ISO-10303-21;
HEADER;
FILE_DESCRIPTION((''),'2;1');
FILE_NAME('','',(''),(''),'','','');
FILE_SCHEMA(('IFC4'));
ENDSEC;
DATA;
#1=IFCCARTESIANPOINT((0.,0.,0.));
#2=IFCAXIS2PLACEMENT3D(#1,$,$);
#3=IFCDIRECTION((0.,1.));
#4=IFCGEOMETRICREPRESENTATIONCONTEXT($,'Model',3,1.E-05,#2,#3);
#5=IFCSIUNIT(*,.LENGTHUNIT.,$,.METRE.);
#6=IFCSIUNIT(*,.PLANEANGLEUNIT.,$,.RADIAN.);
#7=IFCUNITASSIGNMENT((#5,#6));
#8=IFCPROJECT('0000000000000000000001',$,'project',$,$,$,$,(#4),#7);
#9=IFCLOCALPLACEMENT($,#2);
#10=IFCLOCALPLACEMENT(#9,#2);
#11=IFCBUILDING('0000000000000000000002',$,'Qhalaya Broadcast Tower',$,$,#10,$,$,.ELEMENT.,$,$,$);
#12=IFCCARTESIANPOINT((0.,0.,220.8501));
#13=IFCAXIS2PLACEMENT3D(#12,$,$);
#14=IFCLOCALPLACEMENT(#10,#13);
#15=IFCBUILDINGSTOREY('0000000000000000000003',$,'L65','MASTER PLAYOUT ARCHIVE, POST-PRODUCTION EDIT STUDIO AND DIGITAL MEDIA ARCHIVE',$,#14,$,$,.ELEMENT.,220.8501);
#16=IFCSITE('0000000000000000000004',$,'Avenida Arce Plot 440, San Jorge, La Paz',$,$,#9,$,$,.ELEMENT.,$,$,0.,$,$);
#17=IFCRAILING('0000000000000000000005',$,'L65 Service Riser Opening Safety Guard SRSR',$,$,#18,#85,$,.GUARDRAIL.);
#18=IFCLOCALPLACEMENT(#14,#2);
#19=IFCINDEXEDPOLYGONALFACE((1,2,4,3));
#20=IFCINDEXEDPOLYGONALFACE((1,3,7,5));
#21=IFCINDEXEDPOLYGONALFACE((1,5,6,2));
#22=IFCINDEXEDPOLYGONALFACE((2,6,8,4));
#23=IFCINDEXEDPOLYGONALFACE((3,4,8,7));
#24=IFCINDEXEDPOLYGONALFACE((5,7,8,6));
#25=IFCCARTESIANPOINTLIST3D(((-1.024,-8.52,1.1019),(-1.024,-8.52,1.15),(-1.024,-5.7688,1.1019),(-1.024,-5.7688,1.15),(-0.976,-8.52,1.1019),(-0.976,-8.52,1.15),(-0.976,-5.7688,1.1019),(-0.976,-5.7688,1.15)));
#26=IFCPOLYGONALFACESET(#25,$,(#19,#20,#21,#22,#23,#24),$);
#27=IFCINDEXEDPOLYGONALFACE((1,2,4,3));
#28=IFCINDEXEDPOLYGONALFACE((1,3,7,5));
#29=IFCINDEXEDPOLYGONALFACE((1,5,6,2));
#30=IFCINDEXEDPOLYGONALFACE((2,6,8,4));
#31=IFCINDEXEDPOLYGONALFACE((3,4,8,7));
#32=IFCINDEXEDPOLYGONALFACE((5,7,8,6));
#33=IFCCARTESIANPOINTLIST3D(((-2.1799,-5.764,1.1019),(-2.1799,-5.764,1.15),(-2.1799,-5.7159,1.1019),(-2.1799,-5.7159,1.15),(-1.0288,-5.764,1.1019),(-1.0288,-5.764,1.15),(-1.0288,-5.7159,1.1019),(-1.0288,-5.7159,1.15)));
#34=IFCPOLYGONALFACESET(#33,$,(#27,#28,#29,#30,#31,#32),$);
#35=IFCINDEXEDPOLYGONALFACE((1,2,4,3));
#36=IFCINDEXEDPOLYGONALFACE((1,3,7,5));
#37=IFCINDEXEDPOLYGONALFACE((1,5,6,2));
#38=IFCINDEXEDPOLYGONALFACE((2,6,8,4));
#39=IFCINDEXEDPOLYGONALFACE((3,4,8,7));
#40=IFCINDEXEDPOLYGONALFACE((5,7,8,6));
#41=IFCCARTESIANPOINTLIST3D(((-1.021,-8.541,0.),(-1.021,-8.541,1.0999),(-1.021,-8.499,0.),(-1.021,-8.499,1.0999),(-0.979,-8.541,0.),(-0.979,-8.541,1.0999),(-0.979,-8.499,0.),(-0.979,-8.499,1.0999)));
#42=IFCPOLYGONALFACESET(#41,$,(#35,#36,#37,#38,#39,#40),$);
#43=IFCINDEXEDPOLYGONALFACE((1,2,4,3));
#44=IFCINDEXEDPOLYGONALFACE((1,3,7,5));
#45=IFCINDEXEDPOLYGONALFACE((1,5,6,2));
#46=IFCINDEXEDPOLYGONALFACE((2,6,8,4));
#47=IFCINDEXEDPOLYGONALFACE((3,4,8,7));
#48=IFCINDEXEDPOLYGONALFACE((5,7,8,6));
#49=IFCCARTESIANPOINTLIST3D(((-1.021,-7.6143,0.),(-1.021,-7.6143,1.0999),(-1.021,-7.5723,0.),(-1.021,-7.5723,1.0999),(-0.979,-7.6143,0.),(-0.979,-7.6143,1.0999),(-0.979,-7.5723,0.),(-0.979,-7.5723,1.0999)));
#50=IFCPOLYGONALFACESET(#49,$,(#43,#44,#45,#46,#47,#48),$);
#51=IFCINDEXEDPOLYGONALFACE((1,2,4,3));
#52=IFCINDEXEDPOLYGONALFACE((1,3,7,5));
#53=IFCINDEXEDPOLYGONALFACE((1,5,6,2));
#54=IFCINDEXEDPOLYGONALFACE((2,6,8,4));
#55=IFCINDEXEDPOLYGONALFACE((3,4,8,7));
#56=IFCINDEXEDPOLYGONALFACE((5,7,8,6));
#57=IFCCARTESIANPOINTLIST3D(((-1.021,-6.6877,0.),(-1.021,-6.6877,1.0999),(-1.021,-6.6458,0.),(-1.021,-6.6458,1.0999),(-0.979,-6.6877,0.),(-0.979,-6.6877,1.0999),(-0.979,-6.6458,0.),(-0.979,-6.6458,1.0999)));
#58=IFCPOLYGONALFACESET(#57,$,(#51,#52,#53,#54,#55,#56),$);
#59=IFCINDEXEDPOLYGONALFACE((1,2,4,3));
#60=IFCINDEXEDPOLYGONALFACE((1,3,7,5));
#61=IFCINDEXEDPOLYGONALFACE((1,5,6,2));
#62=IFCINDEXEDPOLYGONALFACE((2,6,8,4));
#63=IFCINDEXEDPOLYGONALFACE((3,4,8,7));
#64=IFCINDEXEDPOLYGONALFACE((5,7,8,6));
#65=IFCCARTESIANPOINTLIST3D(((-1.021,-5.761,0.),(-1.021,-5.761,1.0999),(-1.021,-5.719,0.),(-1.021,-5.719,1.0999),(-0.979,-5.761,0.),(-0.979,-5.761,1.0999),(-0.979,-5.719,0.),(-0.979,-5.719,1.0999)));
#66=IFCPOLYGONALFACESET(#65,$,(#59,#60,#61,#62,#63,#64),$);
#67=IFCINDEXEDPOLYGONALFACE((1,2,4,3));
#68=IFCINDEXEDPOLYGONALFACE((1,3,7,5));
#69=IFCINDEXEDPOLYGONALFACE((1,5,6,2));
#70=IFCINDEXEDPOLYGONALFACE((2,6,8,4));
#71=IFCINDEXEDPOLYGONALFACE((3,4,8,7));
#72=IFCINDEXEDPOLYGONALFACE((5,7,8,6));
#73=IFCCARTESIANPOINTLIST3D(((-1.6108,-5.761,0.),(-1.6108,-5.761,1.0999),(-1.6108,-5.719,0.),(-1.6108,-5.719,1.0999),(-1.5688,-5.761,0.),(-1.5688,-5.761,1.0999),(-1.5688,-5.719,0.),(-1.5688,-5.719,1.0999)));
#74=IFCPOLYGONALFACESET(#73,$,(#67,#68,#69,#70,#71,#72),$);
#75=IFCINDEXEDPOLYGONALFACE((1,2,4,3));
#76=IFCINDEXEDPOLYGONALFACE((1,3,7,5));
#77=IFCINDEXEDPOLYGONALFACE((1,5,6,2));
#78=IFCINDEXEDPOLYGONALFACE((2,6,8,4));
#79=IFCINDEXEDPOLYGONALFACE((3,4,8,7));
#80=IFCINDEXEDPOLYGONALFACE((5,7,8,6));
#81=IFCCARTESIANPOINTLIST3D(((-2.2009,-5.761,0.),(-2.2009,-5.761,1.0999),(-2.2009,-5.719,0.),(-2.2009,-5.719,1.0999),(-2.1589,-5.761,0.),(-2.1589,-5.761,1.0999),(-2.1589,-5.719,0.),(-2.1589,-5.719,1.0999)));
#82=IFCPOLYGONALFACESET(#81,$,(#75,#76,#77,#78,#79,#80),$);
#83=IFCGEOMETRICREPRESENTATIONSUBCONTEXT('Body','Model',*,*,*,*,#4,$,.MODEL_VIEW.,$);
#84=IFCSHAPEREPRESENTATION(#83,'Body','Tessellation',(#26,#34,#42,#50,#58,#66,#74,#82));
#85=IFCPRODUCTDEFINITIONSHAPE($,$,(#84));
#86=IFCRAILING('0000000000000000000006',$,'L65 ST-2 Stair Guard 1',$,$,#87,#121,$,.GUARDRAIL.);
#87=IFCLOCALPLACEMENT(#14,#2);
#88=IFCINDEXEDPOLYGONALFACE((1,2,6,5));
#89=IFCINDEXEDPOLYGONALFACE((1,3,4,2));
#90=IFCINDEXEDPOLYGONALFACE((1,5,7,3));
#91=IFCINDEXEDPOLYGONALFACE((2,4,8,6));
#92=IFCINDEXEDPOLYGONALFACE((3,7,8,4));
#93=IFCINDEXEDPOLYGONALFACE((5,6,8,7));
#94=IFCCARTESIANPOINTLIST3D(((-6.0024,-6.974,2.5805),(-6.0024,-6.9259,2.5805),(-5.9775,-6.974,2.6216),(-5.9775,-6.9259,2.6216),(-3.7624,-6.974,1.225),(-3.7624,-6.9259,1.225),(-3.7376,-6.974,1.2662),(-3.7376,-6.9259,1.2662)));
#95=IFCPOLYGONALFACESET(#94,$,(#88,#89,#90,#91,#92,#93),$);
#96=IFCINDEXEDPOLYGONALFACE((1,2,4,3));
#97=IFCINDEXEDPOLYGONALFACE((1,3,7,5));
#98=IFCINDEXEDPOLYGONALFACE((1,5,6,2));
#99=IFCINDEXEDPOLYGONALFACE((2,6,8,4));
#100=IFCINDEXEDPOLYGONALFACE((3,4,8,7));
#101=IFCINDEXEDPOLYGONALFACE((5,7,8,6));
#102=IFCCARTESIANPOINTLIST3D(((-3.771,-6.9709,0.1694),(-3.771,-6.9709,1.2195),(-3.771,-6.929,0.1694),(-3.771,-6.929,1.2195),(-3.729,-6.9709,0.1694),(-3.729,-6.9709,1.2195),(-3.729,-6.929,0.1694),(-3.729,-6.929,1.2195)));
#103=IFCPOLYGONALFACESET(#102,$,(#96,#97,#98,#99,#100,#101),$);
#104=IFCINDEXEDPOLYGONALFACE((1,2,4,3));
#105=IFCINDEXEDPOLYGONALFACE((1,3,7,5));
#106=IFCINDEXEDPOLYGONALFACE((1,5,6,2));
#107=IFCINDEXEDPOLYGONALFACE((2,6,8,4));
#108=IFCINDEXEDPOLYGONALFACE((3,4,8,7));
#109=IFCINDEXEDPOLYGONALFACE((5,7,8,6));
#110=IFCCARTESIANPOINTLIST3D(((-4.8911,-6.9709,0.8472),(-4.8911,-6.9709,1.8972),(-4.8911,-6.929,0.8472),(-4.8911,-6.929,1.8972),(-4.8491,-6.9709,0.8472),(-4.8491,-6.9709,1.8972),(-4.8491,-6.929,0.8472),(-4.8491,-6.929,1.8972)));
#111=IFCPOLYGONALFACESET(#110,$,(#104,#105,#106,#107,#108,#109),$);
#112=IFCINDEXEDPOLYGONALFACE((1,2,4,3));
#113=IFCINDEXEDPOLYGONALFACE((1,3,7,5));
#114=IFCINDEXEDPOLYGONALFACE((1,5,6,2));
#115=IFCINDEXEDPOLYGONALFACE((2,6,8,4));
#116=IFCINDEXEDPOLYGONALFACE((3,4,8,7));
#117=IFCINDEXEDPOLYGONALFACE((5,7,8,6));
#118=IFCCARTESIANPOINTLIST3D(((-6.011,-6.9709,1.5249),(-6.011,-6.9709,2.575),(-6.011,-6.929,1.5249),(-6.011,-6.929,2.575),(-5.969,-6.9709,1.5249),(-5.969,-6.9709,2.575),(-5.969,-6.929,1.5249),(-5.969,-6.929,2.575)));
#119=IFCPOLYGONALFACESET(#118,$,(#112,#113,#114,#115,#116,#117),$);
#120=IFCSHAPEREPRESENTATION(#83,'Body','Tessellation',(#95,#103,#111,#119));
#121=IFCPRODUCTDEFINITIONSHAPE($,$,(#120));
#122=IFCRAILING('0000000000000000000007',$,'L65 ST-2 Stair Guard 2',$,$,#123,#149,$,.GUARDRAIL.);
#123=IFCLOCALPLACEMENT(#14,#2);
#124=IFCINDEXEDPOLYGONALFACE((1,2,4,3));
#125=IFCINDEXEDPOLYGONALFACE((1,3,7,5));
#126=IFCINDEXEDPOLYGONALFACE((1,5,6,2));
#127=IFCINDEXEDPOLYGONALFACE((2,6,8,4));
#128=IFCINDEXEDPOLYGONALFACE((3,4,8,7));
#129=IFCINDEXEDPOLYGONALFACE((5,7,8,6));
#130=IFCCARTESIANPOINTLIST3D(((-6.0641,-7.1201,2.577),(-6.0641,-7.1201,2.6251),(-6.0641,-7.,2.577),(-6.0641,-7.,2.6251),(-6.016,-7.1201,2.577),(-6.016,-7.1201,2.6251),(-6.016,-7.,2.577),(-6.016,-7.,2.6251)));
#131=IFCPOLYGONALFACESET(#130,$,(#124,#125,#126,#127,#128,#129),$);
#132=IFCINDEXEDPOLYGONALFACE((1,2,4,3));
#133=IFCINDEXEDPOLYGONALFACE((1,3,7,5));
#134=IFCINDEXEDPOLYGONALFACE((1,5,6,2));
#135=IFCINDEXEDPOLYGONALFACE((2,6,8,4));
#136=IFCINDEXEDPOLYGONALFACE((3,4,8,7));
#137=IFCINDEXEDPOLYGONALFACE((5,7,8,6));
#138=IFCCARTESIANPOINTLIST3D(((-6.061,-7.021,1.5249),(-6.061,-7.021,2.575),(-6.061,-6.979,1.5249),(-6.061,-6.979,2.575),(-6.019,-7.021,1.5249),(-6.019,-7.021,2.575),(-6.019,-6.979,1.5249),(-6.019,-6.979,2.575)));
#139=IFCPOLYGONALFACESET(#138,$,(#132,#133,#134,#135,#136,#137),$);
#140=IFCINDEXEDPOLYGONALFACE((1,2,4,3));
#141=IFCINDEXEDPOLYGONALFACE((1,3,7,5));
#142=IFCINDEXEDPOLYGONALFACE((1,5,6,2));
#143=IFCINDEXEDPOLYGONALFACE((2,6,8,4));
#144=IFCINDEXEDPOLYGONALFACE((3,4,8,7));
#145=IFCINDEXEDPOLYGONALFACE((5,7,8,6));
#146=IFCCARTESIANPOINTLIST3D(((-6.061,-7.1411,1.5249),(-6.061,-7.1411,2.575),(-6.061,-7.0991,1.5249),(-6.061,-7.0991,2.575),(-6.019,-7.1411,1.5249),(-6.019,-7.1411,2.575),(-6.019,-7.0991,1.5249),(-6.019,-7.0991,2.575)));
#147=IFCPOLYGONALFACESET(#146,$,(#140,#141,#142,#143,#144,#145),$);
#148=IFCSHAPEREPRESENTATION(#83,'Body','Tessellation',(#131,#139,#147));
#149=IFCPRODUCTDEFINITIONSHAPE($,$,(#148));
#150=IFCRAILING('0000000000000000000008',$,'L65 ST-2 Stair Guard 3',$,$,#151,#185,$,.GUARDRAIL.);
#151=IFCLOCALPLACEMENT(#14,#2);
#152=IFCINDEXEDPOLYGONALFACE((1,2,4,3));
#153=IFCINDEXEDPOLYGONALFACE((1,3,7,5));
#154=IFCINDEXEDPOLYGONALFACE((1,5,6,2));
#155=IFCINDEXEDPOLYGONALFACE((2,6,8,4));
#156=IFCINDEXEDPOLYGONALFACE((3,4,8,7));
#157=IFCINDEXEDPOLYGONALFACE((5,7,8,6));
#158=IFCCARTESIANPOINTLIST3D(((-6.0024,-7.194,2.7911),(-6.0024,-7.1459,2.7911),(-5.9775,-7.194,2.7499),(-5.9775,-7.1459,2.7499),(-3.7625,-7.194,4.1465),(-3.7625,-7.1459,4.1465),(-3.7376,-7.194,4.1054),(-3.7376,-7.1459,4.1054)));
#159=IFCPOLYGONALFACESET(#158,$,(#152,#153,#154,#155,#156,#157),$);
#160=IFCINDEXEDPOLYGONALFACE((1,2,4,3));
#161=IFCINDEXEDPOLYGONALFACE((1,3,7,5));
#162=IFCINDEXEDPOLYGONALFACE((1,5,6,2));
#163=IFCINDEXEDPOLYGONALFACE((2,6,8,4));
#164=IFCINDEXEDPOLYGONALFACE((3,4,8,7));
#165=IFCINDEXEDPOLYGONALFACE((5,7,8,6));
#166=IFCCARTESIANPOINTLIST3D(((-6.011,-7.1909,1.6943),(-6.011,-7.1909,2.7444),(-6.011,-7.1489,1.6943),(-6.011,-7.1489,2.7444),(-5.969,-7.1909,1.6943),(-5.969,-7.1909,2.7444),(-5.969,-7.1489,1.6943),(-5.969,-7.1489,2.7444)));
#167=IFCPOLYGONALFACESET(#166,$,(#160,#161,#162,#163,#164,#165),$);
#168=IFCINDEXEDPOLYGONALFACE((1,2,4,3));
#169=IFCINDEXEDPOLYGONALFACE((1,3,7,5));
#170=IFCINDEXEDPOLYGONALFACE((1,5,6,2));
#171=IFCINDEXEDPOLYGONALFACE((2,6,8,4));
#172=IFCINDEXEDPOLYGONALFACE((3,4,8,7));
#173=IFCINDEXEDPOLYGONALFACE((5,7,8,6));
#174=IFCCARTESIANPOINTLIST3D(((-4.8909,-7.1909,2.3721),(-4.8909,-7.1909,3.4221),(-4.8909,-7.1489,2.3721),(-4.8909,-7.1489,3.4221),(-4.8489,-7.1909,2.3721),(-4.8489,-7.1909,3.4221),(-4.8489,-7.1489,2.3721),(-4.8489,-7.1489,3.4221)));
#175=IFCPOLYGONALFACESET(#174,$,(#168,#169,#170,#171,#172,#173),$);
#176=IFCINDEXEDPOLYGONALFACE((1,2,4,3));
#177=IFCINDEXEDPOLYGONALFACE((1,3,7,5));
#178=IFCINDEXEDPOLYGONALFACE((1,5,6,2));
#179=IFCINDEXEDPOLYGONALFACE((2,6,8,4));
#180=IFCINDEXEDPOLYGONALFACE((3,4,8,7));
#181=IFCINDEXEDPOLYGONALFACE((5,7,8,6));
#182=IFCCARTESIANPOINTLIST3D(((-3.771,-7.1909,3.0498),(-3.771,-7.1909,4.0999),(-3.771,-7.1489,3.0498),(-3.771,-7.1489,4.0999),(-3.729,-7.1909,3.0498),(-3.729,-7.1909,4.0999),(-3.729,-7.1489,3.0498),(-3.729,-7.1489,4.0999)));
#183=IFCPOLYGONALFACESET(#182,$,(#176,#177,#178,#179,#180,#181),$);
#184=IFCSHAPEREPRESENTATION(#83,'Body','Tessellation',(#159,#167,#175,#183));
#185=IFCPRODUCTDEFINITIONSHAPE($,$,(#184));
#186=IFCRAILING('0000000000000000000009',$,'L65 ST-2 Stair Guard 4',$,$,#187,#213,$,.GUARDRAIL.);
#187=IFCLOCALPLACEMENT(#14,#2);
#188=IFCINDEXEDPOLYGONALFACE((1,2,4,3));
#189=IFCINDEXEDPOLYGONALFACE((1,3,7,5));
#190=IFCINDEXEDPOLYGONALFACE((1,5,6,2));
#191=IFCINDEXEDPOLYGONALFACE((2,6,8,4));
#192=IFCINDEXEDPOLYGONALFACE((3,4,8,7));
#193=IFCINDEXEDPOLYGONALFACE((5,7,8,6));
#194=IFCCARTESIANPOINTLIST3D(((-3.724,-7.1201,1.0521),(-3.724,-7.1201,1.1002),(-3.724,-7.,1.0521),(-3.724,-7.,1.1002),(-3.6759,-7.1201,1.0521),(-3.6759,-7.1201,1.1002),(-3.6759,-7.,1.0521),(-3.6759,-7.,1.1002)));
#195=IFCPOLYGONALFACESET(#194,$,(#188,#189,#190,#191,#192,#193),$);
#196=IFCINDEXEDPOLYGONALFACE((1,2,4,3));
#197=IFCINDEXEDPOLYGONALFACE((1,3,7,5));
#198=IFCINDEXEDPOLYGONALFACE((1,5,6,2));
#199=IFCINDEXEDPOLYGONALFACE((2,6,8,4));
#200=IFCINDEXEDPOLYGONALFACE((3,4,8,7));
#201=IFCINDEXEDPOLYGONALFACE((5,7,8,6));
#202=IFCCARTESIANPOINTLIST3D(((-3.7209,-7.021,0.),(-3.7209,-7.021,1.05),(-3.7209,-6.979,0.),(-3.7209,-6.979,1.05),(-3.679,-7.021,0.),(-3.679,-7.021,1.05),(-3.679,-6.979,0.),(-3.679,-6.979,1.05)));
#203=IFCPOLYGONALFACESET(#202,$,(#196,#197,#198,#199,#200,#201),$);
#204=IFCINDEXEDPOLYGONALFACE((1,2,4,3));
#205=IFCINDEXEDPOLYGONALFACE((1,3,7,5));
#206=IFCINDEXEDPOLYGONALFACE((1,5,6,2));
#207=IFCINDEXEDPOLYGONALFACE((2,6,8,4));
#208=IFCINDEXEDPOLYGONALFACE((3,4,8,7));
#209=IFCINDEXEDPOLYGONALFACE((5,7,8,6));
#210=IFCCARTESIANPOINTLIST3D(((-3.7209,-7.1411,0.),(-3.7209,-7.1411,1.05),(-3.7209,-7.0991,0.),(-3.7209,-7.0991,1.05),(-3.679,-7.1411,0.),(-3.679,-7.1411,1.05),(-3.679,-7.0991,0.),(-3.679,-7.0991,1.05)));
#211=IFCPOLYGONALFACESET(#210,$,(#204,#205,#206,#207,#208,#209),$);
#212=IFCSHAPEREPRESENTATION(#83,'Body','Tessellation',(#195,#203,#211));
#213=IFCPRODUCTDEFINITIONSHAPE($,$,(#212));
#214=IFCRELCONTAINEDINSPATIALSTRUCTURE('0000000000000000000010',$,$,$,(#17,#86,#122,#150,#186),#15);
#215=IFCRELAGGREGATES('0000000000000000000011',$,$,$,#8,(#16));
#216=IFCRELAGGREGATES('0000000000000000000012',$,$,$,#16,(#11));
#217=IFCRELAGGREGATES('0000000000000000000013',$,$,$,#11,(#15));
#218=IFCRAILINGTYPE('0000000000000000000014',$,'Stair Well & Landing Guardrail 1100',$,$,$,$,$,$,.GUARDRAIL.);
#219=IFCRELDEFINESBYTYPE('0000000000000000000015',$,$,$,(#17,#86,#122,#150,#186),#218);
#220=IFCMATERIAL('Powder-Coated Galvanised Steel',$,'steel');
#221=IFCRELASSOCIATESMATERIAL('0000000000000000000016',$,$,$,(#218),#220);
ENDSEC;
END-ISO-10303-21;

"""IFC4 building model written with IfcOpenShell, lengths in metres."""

from ifc_helpers import new_model, si_unit, direction, frame, origin, origin_2d, place, context, subcontext, project, spatial, rectangle, extrude, material, type_object, element, save


model = new_model("IFC4")

# Units and contexts
model_context = context("Model", 3, precision=1e-05, world=origin(), true_north=direction((0.0, 1.0)))
body_context = subcontext(model_context, "Body", "Model", "MODEL_VIEW")
ifc_project = project(units=[si_unit("LENGTHUNIT", "METRE"), si_unit("PLANEANGLEUNIT", "RADIAN")], contexts=[model_context])

# Site, building, storey
site_placement = place(None, origin())
site = spatial("IfcSite", under=ifc_project, at=site_placement, Name="Avenida Arce Plot 440, San Jorge, La Paz", CompositionType="ELEMENT", RefElevation=0.0)
building_placement = place(site_placement, origin())
building = spatial("IfcBuilding", under=site, at=building_placement, Name="Qhalaya Broadcast Tower", CompositionType="ELEMENT")
storey_placement = place(building_placement, frame((0.0, 0.0, 220.8501)))
storey = spatial("IfcBuildingStorey", under=building, at=storey_placement, Name="L65", Description="MASTER PLAYOUT ARCHIVE, POST-PRODUCTION EDIT STUDIO AND DIGITAL MEDIA ARCHIVE", CompositionType="ELEMENT", Elevation=220.8501)

# Railings
ifc_material_1 = material(Name="Powder-Coated Galvanised Steel", Category="steel")
railing_type_1 = type_object("IfcRailingType", Name="Stair Well & Landing Guardrail 1100", PredefinedType="GUARDRAIL", material=ifc_material_1)
railing_1_placement = place(storey_placement, frame((-1.0, -8.52, 0.0)))
element("IfcRailing", 1, at=railing_1_placement, inside=storey, type_object=railing_type_1, Name="L65 Service Riser Opening Safety Guard SRSR", PredefinedType="GUARDRAIL", context=body_context, shape_type="SweptSolid", body=[
    extrude(rectangle(XDim=0.0481, YDim=0.0481, at=origin_2d()), frame((0.0, 0.0, 1.126), z_axis=(0.0, 1.0, 0.0), x_axis=(-1.0, 0.0, 0.0)), (0.0, 0.0, 1.0), 2.7512),
    extrude(rectangle(XDim=0.0481, YDim=0.0481, at=origin_2d()), frame((-0.0288, 2.78, 1.126), z_axis=(-1.0, 0.0, 0.0), x_axis=(0.0, -1.0, 0.0)), (0.0, 0.0, 1.0), 1.1511),
    extrude(rectangle(XDim=0.042, YDim=0.042, at=origin_2d()), origin(), (0.0, 0.0, 1.0), 1.0999),
    extrude(rectangle(XDim=0.042, YDim=0.042, at=origin_2d()), frame((0.0, 0.9268, 0.0)), (0.0, 0.0, 1.0), 1.0999),
    extrude(rectangle(XDim=0.042, YDim=0.042, at=origin_2d()), frame((0.0, 1.8533, 0.0)), (0.0, 0.0, 1.0), 1.0999),
    extrude(rectangle(XDim=0.042, YDim=0.042, at=origin_2d()), frame((0.0, 2.78, 0.0)), (0.0, 0.0, 1.0), 1.0999),
    extrude(rectangle(XDim=0.042, YDim=0.042, at=origin_2d()), frame((-0.5898, 2.78, 0.0)), (0.0, 0.0, 1.0), 1.0999),
    extrude(rectangle(XDim=0.042, YDim=0.042, at=origin_2d()), frame((-1.1799, 2.78, 0.0)), (0.0, 0.0, 1.0), 1.0999),
])
railing_2_placement = place(storey_placement, frame((-3.75, -6.95, 0.1694)))
element("IfcRailing", 2, at=railing_2_placement, inside=storey, type_object=railing_type_1, Name="L65 ST-2 Stair Guard 1", PredefinedType="GUARDRAIL", context=body_context, shape_type="SweptSolid", body=[
    extrude(rectangle(XDim=0.0481, YDim=0.0481, at=origin_2d()), frame((0.0, 0.0, 1.0762), z_axis=(-0.855553, 0.0, 0.517715), x_axis=(0.0, -1.0, 0.0)), (0.0, 0.0, 1.0), 2.6182),
    extrude(rectangle(XDim=0.042, YDim=0.042, at=origin_2d()), origin(), (0.0, 0.0, 1.0), 1.05),
    extrude(rectangle(XDim=0.042, YDim=0.042, at=origin_2d()), frame((-1.1201, 0.0, 0.6777)), (0.0, 0.0, 1.0), 1.05),
    extrude(rectangle(XDim=0.042, YDim=0.042, at=origin_2d()), frame((-2.24, 0.0, 1.3555)), (0.0, 0.0, 1.0), 1.05),
])
railing_3_placement = place(storey_placement, frame((-6.04, -7.0, 1.5249)))
element("IfcRailing", 3, at=railing_3_placement, inside=storey, type_object=railing_type_1, Name="L65 ST-2 Stair Guard 2", PredefinedType="GUARDRAIL", context=body_context, shape_type="SweptSolid", body=[
    extrude(rectangle(XDim=0.0481, YDim=0.0481, at=origin_2d()), frame((0.0, 0.0, 1.0762), z_axis=(0.0, -1.0, 0.0), x_axis=(1.0, 0.0, 0.0)), (0.0, 0.0, 1.0), 0.1201),
    extrude(rectangle(XDim=0.042, YDim=0.042, at=origin_2d()), origin(), (0.0, 0.0, 1.0), 1.05),
    extrude(rectangle(XDim=0.042, YDim=0.042, at=origin_2d()), frame((0.0, -0.1201, 0.0)), (0.0, 0.0, 1.0), 1.05),
])
railing_4_placement = place(storey_placement, frame((-5.99, -7.1699, 1.6943)))
element("IfcRailing", 4, at=railing_4_placement, inside=storey, type_object=railing_type_1, Name="L65 ST-2 Stair Guard 3", PredefinedType="GUARDRAIL", context=body_context, shape_type="SweptSolid", body=[
    extrude(rectangle(XDim=0.0481, YDim=0.0481, at=origin_2d()), frame((0.0, 0.0, 1.0762), z_axis=(0.855553, 0.0, 0.517715), x_axis=(0.0, 1.0, 0.0)), (0.0, 0.0, 1.0), 2.6182),
    extrude(rectangle(XDim=0.042, YDim=0.042, at=origin_2d()), origin(), (0.0, 0.0, 1.0), 1.05),
    extrude(rectangle(XDim=0.042, YDim=0.042, at=origin_2d()), frame((1.1201, 0.0, 0.6777)), (0.0, 0.0, 1.0), 1.05),
    extrude(rectangle(XDim=0.042, YDim=0.042, at=origin_2d()), frame((2.24, 0.0, 1.3555)), (0.0, 0.0, 1.0), 1.05),
])
railing_5_placement = place(storey_placement, frame((-3.7, -7.0, 0.0)))
element("IfcRailing", 5, at=railing_5_placement, inside=storey, type_object=railing_type_1, Name="L65 ST-2 Stair Guard 4", PredefinedType="GUARDRAIL", context=body_context, shape_type="SweptSolid", body=[
    extrude(rectangle(XDim=0.0481, YDim=0.0481, at=origin_2d()), frame((0.0, 0.0, 1.0762), z_axis=(0.0, -1.0, 0.0), x_axis=(1.0, 0.0, 0.0)), (0.0, 0.0, 1.0), 0.1201),
    extrude(rectangle(XDim=0.042, YDim=0.042, at=origin_2d()), origin(), (0.0, 0.0, 1.0), 1.05),
    extrude(rectangle(XDim=0.042, YDim=0.042, at=origin_2d()), frame((0.0, -0.1201, 0.0)), (0.0, 0.0, 1.0), 1.05),
])

save(model, "model.ifc")
